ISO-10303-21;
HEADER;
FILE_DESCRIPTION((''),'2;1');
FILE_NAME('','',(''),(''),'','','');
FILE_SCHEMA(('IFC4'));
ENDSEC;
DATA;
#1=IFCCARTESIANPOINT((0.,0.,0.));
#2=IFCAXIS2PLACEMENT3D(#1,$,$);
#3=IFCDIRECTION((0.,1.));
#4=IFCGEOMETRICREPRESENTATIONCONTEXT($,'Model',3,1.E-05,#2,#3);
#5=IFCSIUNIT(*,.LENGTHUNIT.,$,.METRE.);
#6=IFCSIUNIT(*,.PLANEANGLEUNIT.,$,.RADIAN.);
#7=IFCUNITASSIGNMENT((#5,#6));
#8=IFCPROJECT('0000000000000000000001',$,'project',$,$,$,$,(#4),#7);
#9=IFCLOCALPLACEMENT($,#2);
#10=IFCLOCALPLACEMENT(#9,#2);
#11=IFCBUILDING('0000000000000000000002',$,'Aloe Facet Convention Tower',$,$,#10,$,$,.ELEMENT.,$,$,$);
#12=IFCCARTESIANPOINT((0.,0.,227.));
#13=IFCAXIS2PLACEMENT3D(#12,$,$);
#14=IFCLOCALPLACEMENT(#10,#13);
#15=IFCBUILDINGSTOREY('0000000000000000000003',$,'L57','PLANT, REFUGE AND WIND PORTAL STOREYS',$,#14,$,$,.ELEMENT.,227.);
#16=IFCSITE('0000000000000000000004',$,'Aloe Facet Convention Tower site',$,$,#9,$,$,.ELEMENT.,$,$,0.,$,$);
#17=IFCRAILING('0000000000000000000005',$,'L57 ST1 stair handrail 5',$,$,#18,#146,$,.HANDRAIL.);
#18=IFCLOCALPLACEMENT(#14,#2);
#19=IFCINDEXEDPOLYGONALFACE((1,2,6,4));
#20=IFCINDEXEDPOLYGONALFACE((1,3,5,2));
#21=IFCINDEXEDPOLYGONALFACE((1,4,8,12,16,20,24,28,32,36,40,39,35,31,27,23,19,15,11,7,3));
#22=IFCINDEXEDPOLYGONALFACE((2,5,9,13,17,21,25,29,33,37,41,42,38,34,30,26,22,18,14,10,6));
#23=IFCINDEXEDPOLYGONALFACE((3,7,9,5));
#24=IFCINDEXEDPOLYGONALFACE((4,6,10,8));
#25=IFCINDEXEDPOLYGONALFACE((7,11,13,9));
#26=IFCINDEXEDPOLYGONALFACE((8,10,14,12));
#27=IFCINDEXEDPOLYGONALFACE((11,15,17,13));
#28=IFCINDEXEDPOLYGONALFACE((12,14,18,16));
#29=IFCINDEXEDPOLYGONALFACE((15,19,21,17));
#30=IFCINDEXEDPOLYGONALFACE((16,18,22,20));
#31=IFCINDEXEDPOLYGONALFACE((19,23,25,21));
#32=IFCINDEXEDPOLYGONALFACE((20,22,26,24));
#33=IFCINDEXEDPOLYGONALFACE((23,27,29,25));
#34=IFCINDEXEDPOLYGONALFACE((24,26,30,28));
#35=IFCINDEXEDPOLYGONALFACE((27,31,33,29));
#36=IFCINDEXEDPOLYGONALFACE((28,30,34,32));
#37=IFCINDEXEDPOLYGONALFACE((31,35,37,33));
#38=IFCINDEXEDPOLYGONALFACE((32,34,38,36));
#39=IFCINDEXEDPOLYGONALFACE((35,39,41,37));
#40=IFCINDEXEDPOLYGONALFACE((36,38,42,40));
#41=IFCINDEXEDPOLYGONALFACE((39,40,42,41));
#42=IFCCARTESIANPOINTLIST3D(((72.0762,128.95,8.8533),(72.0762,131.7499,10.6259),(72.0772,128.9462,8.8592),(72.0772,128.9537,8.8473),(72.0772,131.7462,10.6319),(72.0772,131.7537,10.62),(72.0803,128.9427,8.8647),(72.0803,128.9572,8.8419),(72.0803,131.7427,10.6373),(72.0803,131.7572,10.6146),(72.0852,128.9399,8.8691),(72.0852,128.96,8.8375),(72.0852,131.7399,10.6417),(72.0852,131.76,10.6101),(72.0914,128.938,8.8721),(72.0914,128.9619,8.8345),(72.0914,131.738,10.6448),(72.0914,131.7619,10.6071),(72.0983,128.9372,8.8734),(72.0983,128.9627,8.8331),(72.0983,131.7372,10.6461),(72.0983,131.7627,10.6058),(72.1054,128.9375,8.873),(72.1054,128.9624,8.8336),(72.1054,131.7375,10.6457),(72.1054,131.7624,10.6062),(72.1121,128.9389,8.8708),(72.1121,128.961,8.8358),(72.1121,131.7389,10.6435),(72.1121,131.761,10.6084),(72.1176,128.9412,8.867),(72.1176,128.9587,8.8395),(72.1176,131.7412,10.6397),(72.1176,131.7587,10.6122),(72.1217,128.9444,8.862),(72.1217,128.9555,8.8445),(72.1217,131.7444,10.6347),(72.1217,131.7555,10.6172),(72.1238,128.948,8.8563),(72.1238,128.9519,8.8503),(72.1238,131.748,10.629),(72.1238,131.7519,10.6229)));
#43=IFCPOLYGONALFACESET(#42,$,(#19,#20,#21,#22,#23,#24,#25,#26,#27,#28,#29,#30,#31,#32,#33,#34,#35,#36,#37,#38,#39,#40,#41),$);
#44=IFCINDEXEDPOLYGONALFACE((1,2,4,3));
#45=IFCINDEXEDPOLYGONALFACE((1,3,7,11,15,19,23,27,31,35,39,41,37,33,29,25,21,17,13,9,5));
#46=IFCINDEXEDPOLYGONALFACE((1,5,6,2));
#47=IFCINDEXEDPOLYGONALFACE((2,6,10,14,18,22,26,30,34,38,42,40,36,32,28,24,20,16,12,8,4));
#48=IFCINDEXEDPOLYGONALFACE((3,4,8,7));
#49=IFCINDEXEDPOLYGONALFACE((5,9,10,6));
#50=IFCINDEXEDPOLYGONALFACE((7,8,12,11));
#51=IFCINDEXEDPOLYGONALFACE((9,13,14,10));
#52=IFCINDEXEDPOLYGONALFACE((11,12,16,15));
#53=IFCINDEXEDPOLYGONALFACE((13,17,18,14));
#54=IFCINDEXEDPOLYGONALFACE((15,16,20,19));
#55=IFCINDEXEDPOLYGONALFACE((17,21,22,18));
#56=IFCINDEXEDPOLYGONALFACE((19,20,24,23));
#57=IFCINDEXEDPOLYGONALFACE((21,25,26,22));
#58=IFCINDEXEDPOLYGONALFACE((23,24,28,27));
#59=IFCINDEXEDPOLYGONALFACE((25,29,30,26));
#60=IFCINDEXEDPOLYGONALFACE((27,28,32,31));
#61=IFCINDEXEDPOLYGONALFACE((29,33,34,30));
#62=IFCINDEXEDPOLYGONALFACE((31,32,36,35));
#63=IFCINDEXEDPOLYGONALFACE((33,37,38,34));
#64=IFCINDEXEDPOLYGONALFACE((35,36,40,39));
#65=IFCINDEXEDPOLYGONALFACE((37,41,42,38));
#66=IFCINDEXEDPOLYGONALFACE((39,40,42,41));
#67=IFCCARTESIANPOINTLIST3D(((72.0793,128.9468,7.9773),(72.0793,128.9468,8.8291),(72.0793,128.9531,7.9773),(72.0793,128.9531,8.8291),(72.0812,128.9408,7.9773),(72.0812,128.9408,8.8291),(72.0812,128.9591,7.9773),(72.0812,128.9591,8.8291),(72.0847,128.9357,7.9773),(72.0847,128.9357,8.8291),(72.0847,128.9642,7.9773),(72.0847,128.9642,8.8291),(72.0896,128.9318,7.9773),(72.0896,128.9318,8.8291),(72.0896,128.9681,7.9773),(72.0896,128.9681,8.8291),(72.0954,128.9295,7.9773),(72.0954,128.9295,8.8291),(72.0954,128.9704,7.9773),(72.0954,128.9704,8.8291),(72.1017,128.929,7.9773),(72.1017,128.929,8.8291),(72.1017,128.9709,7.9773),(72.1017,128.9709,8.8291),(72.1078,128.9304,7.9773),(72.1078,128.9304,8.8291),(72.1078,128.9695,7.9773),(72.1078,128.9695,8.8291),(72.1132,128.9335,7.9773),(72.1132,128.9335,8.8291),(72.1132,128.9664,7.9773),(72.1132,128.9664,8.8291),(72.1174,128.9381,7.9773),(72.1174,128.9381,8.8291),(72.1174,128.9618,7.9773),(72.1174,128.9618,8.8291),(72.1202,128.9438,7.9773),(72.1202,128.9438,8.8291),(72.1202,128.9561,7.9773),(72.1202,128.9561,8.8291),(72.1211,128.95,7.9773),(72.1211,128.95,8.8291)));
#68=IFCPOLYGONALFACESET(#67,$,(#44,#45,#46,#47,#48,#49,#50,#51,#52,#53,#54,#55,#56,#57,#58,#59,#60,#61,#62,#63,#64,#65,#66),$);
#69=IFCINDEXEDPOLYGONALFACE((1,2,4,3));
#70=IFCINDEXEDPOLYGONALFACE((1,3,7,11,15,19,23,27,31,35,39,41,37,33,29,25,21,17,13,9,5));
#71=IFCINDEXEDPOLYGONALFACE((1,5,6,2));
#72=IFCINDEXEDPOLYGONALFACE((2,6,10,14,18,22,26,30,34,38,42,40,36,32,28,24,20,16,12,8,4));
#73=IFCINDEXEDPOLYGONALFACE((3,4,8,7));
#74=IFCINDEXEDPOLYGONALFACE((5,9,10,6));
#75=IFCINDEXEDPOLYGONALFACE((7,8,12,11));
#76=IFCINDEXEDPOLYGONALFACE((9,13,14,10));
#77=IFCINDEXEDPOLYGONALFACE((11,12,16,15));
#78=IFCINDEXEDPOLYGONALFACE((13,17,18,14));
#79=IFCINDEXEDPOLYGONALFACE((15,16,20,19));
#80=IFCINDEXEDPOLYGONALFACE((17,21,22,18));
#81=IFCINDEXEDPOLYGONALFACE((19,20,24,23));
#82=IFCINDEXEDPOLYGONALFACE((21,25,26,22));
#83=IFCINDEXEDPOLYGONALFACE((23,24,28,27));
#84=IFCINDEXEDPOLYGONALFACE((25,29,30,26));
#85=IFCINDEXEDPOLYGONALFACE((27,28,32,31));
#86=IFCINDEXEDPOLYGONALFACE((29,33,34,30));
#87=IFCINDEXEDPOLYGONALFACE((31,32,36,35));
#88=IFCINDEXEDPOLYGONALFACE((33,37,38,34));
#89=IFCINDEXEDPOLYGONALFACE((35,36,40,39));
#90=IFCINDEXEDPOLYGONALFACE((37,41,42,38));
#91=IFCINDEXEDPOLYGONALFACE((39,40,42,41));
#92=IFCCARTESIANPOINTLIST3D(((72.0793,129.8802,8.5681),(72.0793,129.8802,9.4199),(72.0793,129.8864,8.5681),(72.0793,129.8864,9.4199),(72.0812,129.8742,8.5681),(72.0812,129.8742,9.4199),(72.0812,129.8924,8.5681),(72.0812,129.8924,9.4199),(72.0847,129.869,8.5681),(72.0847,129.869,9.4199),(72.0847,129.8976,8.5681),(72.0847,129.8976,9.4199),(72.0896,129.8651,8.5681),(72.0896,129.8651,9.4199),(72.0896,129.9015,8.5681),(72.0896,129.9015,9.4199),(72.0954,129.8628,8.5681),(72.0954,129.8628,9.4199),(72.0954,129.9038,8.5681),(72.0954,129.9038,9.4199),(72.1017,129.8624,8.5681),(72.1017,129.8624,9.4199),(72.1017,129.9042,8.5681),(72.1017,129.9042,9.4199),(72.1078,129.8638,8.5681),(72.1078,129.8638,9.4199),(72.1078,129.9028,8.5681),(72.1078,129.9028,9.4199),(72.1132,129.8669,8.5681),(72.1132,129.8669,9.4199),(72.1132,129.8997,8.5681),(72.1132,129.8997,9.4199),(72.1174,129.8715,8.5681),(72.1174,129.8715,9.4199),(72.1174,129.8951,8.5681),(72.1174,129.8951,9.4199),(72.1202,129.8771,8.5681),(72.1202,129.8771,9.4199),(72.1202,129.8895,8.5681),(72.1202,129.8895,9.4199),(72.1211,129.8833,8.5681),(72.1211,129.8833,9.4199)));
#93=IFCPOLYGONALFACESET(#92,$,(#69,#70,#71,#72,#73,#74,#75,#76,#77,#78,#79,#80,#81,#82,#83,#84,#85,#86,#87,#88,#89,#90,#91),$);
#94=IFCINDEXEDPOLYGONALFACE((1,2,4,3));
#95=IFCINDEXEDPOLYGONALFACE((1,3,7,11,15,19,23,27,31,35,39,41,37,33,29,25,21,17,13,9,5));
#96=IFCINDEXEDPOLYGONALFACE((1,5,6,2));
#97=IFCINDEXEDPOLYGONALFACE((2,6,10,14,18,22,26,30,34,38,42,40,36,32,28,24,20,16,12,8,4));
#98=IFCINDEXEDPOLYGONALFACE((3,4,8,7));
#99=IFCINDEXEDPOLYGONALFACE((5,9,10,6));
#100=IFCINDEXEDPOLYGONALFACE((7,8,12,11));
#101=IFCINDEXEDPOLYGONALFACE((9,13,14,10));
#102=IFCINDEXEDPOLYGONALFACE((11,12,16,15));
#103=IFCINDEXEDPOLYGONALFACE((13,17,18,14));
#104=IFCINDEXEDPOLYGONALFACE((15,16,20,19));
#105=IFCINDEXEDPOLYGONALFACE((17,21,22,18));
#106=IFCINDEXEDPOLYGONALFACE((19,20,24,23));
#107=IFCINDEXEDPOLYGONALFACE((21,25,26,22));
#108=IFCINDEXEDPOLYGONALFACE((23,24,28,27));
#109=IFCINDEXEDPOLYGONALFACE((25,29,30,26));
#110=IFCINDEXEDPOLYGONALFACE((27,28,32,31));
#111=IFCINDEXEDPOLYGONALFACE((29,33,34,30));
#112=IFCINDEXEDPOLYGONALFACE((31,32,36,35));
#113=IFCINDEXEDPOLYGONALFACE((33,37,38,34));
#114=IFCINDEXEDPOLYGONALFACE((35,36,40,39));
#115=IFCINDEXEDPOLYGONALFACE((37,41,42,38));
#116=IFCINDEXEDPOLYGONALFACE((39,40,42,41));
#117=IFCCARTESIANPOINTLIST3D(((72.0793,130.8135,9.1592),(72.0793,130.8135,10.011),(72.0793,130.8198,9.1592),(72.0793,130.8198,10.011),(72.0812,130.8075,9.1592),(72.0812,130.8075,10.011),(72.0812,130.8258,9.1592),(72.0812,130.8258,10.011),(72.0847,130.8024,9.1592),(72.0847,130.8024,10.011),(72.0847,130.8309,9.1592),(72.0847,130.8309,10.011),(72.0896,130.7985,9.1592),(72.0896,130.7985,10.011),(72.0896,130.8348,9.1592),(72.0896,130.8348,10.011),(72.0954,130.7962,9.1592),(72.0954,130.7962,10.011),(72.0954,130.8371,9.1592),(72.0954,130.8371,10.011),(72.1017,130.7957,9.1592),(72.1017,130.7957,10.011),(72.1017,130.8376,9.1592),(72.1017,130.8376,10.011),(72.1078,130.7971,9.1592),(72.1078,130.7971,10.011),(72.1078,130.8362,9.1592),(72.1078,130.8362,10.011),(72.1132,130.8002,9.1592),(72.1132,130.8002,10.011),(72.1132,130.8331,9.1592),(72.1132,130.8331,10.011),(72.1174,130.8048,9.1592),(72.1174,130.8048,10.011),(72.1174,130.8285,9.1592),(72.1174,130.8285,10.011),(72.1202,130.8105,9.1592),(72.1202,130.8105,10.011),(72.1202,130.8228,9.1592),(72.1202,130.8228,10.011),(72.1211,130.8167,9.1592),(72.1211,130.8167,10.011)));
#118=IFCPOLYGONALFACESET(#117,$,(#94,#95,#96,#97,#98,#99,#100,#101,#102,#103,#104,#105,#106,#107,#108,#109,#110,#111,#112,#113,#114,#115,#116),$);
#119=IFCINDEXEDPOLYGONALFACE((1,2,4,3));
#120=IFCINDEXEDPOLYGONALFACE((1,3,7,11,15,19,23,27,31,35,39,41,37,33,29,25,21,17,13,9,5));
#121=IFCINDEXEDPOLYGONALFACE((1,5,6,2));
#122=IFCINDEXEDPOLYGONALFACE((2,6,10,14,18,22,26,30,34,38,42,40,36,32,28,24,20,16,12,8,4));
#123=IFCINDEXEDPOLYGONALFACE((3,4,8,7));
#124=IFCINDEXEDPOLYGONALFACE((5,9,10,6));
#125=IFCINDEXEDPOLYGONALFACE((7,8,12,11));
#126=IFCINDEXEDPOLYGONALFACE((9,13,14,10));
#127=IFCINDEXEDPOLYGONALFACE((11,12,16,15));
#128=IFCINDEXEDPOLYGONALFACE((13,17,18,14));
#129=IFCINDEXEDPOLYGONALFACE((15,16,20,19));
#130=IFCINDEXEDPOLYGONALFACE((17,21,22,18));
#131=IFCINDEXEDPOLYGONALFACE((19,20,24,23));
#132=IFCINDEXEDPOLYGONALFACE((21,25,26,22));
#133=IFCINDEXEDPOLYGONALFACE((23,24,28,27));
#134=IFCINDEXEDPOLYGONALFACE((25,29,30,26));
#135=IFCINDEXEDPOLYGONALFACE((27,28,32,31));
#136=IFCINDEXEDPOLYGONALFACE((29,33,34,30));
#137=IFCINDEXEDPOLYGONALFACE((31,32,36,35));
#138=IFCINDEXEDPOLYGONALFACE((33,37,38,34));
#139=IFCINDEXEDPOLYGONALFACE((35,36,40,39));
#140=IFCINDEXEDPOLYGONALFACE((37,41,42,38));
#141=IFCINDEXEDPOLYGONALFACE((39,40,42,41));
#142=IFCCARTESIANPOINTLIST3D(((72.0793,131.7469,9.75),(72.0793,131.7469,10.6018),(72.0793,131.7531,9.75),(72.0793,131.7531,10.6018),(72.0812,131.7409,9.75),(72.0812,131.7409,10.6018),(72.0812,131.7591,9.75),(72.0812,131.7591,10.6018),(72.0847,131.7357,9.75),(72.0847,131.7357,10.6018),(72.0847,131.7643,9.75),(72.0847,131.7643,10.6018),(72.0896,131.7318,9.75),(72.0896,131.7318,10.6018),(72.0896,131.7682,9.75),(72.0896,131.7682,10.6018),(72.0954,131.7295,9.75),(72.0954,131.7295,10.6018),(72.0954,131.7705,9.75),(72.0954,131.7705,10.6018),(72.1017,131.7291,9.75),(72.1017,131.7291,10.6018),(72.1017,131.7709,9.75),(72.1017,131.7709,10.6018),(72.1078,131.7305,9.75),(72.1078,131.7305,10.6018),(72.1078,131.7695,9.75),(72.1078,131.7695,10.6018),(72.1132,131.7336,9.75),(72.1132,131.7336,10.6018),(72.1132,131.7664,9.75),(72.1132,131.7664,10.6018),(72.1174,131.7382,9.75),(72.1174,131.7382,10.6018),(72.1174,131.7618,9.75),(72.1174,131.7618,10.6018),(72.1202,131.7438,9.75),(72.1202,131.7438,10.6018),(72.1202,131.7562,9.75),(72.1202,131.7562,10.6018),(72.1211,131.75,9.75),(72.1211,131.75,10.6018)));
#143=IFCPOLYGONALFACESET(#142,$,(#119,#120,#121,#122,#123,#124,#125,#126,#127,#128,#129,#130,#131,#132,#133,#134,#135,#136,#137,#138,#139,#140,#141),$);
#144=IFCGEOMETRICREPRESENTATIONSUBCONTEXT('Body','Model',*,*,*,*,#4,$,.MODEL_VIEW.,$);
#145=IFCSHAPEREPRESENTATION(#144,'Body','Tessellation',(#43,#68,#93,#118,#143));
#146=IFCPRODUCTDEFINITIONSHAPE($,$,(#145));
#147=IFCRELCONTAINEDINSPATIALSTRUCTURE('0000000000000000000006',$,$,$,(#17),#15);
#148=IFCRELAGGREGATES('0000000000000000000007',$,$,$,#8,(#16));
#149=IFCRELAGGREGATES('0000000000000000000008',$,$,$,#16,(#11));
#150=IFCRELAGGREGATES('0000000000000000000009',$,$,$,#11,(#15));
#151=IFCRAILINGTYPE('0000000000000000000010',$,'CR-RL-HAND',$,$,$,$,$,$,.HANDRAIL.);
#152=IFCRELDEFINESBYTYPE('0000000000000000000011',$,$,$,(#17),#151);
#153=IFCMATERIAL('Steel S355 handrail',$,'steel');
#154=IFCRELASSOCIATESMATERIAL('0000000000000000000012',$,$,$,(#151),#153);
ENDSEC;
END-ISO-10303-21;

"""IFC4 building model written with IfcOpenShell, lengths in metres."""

from ifc_helpers import new_model, si_unit, direction, frame, origin, origin_2d, place, context, subcontext, project, spatial, circle, extrude, material, type_object, element, save


model = new_model("IFC4")

# Units and contexts
model_context = context("Model", 3, precision=1e-05, world=origin(), true_north=direction((0.0, 1.0)))
body_context = subcontext(model_context, "Body", "Model", "MODEL_VIEW")
ifc_project = project(units=[si_unit("LENGTHUNIT", "METRE"), si_unit("PLANEANGLEUNIT", "RADIAN")], contexts=[model_context])

# Site, building, storey
site_placement = place(None, origin())
site = spatial("IfcSite", under=ifc_project, at=site_placement, Name="Aloe Facet Convention Tower site", CompositionType="ELEMENT", RefElevation=0.0)
building_placement = place(site_placement, origin())
building = spatial("IfcBuilding", under=site, at=building_placement, Name="Aloe Facet Convention Tower", CompositionType="ELEMENT")
storey_placement = place(building_placement, frame((0.0, 0.0, 227.0)))
storey = spatial("IfcBuildingStorey", under=building, at=storey_placement, Name="L57", Description="PLANT, REFUGE AND WIND PORTAL STOREYS", CompositionType="ELEMENT", Elevation=227.0)

# Railing
ifc_material_1 = material(Name="Steel S355 handrail", Category="steel")
railing_type_1 = type_object("IfcRailingType", Name="CR-RL-HAND", PredefinedType="HANDRAIL", material=ifc_material_1)
for number, where, name in (
    (1, (72.1001, 128.95, 7.9773), "L57 ST1 stair handrail 5"),
):
    element("IfcRailing", number, at=place(storey_placement, frame(where)), inside=storey, type_object=railing_type_1, Name=name, PredefinedType="HANDRAIL", context=body_context, shape_type="SweptSolid", body=[
        extrude(circle(Radius=0.0239, at=origin_2d()), frame((0.0, 0.0, 0.876), z_axis=(0.0, 0.844909, 0.53491), x_axis=(-1.0, 0.0, 0.0)), (0.0, 0.0, 1.0), 3.314),
        extrude(circle(Radius=0.021, at=origin_2d()), origin(), (0.0, 0.0, 1.0), 0.8518),
        extrude(circle(Radius=0.021, at=origin_2d()), frame((0.0, 0.9333, 0.5908)), (0.0, 0.0, 1.0), 0.8518),
        extrude(circle(Radius=0.021, at=origin_2d()), frame((0.0, 1.8667, 1.1819)), (0.0, 0.0, 1.0), 0.8518),
        extrude(circle(Radius=0.021, at=origin_2d()), frame((0.0, 2.8, 1.7727)), (0.0, 0.0, 1.0), 0.8518),
    ])

save(model, "model.ifc")
